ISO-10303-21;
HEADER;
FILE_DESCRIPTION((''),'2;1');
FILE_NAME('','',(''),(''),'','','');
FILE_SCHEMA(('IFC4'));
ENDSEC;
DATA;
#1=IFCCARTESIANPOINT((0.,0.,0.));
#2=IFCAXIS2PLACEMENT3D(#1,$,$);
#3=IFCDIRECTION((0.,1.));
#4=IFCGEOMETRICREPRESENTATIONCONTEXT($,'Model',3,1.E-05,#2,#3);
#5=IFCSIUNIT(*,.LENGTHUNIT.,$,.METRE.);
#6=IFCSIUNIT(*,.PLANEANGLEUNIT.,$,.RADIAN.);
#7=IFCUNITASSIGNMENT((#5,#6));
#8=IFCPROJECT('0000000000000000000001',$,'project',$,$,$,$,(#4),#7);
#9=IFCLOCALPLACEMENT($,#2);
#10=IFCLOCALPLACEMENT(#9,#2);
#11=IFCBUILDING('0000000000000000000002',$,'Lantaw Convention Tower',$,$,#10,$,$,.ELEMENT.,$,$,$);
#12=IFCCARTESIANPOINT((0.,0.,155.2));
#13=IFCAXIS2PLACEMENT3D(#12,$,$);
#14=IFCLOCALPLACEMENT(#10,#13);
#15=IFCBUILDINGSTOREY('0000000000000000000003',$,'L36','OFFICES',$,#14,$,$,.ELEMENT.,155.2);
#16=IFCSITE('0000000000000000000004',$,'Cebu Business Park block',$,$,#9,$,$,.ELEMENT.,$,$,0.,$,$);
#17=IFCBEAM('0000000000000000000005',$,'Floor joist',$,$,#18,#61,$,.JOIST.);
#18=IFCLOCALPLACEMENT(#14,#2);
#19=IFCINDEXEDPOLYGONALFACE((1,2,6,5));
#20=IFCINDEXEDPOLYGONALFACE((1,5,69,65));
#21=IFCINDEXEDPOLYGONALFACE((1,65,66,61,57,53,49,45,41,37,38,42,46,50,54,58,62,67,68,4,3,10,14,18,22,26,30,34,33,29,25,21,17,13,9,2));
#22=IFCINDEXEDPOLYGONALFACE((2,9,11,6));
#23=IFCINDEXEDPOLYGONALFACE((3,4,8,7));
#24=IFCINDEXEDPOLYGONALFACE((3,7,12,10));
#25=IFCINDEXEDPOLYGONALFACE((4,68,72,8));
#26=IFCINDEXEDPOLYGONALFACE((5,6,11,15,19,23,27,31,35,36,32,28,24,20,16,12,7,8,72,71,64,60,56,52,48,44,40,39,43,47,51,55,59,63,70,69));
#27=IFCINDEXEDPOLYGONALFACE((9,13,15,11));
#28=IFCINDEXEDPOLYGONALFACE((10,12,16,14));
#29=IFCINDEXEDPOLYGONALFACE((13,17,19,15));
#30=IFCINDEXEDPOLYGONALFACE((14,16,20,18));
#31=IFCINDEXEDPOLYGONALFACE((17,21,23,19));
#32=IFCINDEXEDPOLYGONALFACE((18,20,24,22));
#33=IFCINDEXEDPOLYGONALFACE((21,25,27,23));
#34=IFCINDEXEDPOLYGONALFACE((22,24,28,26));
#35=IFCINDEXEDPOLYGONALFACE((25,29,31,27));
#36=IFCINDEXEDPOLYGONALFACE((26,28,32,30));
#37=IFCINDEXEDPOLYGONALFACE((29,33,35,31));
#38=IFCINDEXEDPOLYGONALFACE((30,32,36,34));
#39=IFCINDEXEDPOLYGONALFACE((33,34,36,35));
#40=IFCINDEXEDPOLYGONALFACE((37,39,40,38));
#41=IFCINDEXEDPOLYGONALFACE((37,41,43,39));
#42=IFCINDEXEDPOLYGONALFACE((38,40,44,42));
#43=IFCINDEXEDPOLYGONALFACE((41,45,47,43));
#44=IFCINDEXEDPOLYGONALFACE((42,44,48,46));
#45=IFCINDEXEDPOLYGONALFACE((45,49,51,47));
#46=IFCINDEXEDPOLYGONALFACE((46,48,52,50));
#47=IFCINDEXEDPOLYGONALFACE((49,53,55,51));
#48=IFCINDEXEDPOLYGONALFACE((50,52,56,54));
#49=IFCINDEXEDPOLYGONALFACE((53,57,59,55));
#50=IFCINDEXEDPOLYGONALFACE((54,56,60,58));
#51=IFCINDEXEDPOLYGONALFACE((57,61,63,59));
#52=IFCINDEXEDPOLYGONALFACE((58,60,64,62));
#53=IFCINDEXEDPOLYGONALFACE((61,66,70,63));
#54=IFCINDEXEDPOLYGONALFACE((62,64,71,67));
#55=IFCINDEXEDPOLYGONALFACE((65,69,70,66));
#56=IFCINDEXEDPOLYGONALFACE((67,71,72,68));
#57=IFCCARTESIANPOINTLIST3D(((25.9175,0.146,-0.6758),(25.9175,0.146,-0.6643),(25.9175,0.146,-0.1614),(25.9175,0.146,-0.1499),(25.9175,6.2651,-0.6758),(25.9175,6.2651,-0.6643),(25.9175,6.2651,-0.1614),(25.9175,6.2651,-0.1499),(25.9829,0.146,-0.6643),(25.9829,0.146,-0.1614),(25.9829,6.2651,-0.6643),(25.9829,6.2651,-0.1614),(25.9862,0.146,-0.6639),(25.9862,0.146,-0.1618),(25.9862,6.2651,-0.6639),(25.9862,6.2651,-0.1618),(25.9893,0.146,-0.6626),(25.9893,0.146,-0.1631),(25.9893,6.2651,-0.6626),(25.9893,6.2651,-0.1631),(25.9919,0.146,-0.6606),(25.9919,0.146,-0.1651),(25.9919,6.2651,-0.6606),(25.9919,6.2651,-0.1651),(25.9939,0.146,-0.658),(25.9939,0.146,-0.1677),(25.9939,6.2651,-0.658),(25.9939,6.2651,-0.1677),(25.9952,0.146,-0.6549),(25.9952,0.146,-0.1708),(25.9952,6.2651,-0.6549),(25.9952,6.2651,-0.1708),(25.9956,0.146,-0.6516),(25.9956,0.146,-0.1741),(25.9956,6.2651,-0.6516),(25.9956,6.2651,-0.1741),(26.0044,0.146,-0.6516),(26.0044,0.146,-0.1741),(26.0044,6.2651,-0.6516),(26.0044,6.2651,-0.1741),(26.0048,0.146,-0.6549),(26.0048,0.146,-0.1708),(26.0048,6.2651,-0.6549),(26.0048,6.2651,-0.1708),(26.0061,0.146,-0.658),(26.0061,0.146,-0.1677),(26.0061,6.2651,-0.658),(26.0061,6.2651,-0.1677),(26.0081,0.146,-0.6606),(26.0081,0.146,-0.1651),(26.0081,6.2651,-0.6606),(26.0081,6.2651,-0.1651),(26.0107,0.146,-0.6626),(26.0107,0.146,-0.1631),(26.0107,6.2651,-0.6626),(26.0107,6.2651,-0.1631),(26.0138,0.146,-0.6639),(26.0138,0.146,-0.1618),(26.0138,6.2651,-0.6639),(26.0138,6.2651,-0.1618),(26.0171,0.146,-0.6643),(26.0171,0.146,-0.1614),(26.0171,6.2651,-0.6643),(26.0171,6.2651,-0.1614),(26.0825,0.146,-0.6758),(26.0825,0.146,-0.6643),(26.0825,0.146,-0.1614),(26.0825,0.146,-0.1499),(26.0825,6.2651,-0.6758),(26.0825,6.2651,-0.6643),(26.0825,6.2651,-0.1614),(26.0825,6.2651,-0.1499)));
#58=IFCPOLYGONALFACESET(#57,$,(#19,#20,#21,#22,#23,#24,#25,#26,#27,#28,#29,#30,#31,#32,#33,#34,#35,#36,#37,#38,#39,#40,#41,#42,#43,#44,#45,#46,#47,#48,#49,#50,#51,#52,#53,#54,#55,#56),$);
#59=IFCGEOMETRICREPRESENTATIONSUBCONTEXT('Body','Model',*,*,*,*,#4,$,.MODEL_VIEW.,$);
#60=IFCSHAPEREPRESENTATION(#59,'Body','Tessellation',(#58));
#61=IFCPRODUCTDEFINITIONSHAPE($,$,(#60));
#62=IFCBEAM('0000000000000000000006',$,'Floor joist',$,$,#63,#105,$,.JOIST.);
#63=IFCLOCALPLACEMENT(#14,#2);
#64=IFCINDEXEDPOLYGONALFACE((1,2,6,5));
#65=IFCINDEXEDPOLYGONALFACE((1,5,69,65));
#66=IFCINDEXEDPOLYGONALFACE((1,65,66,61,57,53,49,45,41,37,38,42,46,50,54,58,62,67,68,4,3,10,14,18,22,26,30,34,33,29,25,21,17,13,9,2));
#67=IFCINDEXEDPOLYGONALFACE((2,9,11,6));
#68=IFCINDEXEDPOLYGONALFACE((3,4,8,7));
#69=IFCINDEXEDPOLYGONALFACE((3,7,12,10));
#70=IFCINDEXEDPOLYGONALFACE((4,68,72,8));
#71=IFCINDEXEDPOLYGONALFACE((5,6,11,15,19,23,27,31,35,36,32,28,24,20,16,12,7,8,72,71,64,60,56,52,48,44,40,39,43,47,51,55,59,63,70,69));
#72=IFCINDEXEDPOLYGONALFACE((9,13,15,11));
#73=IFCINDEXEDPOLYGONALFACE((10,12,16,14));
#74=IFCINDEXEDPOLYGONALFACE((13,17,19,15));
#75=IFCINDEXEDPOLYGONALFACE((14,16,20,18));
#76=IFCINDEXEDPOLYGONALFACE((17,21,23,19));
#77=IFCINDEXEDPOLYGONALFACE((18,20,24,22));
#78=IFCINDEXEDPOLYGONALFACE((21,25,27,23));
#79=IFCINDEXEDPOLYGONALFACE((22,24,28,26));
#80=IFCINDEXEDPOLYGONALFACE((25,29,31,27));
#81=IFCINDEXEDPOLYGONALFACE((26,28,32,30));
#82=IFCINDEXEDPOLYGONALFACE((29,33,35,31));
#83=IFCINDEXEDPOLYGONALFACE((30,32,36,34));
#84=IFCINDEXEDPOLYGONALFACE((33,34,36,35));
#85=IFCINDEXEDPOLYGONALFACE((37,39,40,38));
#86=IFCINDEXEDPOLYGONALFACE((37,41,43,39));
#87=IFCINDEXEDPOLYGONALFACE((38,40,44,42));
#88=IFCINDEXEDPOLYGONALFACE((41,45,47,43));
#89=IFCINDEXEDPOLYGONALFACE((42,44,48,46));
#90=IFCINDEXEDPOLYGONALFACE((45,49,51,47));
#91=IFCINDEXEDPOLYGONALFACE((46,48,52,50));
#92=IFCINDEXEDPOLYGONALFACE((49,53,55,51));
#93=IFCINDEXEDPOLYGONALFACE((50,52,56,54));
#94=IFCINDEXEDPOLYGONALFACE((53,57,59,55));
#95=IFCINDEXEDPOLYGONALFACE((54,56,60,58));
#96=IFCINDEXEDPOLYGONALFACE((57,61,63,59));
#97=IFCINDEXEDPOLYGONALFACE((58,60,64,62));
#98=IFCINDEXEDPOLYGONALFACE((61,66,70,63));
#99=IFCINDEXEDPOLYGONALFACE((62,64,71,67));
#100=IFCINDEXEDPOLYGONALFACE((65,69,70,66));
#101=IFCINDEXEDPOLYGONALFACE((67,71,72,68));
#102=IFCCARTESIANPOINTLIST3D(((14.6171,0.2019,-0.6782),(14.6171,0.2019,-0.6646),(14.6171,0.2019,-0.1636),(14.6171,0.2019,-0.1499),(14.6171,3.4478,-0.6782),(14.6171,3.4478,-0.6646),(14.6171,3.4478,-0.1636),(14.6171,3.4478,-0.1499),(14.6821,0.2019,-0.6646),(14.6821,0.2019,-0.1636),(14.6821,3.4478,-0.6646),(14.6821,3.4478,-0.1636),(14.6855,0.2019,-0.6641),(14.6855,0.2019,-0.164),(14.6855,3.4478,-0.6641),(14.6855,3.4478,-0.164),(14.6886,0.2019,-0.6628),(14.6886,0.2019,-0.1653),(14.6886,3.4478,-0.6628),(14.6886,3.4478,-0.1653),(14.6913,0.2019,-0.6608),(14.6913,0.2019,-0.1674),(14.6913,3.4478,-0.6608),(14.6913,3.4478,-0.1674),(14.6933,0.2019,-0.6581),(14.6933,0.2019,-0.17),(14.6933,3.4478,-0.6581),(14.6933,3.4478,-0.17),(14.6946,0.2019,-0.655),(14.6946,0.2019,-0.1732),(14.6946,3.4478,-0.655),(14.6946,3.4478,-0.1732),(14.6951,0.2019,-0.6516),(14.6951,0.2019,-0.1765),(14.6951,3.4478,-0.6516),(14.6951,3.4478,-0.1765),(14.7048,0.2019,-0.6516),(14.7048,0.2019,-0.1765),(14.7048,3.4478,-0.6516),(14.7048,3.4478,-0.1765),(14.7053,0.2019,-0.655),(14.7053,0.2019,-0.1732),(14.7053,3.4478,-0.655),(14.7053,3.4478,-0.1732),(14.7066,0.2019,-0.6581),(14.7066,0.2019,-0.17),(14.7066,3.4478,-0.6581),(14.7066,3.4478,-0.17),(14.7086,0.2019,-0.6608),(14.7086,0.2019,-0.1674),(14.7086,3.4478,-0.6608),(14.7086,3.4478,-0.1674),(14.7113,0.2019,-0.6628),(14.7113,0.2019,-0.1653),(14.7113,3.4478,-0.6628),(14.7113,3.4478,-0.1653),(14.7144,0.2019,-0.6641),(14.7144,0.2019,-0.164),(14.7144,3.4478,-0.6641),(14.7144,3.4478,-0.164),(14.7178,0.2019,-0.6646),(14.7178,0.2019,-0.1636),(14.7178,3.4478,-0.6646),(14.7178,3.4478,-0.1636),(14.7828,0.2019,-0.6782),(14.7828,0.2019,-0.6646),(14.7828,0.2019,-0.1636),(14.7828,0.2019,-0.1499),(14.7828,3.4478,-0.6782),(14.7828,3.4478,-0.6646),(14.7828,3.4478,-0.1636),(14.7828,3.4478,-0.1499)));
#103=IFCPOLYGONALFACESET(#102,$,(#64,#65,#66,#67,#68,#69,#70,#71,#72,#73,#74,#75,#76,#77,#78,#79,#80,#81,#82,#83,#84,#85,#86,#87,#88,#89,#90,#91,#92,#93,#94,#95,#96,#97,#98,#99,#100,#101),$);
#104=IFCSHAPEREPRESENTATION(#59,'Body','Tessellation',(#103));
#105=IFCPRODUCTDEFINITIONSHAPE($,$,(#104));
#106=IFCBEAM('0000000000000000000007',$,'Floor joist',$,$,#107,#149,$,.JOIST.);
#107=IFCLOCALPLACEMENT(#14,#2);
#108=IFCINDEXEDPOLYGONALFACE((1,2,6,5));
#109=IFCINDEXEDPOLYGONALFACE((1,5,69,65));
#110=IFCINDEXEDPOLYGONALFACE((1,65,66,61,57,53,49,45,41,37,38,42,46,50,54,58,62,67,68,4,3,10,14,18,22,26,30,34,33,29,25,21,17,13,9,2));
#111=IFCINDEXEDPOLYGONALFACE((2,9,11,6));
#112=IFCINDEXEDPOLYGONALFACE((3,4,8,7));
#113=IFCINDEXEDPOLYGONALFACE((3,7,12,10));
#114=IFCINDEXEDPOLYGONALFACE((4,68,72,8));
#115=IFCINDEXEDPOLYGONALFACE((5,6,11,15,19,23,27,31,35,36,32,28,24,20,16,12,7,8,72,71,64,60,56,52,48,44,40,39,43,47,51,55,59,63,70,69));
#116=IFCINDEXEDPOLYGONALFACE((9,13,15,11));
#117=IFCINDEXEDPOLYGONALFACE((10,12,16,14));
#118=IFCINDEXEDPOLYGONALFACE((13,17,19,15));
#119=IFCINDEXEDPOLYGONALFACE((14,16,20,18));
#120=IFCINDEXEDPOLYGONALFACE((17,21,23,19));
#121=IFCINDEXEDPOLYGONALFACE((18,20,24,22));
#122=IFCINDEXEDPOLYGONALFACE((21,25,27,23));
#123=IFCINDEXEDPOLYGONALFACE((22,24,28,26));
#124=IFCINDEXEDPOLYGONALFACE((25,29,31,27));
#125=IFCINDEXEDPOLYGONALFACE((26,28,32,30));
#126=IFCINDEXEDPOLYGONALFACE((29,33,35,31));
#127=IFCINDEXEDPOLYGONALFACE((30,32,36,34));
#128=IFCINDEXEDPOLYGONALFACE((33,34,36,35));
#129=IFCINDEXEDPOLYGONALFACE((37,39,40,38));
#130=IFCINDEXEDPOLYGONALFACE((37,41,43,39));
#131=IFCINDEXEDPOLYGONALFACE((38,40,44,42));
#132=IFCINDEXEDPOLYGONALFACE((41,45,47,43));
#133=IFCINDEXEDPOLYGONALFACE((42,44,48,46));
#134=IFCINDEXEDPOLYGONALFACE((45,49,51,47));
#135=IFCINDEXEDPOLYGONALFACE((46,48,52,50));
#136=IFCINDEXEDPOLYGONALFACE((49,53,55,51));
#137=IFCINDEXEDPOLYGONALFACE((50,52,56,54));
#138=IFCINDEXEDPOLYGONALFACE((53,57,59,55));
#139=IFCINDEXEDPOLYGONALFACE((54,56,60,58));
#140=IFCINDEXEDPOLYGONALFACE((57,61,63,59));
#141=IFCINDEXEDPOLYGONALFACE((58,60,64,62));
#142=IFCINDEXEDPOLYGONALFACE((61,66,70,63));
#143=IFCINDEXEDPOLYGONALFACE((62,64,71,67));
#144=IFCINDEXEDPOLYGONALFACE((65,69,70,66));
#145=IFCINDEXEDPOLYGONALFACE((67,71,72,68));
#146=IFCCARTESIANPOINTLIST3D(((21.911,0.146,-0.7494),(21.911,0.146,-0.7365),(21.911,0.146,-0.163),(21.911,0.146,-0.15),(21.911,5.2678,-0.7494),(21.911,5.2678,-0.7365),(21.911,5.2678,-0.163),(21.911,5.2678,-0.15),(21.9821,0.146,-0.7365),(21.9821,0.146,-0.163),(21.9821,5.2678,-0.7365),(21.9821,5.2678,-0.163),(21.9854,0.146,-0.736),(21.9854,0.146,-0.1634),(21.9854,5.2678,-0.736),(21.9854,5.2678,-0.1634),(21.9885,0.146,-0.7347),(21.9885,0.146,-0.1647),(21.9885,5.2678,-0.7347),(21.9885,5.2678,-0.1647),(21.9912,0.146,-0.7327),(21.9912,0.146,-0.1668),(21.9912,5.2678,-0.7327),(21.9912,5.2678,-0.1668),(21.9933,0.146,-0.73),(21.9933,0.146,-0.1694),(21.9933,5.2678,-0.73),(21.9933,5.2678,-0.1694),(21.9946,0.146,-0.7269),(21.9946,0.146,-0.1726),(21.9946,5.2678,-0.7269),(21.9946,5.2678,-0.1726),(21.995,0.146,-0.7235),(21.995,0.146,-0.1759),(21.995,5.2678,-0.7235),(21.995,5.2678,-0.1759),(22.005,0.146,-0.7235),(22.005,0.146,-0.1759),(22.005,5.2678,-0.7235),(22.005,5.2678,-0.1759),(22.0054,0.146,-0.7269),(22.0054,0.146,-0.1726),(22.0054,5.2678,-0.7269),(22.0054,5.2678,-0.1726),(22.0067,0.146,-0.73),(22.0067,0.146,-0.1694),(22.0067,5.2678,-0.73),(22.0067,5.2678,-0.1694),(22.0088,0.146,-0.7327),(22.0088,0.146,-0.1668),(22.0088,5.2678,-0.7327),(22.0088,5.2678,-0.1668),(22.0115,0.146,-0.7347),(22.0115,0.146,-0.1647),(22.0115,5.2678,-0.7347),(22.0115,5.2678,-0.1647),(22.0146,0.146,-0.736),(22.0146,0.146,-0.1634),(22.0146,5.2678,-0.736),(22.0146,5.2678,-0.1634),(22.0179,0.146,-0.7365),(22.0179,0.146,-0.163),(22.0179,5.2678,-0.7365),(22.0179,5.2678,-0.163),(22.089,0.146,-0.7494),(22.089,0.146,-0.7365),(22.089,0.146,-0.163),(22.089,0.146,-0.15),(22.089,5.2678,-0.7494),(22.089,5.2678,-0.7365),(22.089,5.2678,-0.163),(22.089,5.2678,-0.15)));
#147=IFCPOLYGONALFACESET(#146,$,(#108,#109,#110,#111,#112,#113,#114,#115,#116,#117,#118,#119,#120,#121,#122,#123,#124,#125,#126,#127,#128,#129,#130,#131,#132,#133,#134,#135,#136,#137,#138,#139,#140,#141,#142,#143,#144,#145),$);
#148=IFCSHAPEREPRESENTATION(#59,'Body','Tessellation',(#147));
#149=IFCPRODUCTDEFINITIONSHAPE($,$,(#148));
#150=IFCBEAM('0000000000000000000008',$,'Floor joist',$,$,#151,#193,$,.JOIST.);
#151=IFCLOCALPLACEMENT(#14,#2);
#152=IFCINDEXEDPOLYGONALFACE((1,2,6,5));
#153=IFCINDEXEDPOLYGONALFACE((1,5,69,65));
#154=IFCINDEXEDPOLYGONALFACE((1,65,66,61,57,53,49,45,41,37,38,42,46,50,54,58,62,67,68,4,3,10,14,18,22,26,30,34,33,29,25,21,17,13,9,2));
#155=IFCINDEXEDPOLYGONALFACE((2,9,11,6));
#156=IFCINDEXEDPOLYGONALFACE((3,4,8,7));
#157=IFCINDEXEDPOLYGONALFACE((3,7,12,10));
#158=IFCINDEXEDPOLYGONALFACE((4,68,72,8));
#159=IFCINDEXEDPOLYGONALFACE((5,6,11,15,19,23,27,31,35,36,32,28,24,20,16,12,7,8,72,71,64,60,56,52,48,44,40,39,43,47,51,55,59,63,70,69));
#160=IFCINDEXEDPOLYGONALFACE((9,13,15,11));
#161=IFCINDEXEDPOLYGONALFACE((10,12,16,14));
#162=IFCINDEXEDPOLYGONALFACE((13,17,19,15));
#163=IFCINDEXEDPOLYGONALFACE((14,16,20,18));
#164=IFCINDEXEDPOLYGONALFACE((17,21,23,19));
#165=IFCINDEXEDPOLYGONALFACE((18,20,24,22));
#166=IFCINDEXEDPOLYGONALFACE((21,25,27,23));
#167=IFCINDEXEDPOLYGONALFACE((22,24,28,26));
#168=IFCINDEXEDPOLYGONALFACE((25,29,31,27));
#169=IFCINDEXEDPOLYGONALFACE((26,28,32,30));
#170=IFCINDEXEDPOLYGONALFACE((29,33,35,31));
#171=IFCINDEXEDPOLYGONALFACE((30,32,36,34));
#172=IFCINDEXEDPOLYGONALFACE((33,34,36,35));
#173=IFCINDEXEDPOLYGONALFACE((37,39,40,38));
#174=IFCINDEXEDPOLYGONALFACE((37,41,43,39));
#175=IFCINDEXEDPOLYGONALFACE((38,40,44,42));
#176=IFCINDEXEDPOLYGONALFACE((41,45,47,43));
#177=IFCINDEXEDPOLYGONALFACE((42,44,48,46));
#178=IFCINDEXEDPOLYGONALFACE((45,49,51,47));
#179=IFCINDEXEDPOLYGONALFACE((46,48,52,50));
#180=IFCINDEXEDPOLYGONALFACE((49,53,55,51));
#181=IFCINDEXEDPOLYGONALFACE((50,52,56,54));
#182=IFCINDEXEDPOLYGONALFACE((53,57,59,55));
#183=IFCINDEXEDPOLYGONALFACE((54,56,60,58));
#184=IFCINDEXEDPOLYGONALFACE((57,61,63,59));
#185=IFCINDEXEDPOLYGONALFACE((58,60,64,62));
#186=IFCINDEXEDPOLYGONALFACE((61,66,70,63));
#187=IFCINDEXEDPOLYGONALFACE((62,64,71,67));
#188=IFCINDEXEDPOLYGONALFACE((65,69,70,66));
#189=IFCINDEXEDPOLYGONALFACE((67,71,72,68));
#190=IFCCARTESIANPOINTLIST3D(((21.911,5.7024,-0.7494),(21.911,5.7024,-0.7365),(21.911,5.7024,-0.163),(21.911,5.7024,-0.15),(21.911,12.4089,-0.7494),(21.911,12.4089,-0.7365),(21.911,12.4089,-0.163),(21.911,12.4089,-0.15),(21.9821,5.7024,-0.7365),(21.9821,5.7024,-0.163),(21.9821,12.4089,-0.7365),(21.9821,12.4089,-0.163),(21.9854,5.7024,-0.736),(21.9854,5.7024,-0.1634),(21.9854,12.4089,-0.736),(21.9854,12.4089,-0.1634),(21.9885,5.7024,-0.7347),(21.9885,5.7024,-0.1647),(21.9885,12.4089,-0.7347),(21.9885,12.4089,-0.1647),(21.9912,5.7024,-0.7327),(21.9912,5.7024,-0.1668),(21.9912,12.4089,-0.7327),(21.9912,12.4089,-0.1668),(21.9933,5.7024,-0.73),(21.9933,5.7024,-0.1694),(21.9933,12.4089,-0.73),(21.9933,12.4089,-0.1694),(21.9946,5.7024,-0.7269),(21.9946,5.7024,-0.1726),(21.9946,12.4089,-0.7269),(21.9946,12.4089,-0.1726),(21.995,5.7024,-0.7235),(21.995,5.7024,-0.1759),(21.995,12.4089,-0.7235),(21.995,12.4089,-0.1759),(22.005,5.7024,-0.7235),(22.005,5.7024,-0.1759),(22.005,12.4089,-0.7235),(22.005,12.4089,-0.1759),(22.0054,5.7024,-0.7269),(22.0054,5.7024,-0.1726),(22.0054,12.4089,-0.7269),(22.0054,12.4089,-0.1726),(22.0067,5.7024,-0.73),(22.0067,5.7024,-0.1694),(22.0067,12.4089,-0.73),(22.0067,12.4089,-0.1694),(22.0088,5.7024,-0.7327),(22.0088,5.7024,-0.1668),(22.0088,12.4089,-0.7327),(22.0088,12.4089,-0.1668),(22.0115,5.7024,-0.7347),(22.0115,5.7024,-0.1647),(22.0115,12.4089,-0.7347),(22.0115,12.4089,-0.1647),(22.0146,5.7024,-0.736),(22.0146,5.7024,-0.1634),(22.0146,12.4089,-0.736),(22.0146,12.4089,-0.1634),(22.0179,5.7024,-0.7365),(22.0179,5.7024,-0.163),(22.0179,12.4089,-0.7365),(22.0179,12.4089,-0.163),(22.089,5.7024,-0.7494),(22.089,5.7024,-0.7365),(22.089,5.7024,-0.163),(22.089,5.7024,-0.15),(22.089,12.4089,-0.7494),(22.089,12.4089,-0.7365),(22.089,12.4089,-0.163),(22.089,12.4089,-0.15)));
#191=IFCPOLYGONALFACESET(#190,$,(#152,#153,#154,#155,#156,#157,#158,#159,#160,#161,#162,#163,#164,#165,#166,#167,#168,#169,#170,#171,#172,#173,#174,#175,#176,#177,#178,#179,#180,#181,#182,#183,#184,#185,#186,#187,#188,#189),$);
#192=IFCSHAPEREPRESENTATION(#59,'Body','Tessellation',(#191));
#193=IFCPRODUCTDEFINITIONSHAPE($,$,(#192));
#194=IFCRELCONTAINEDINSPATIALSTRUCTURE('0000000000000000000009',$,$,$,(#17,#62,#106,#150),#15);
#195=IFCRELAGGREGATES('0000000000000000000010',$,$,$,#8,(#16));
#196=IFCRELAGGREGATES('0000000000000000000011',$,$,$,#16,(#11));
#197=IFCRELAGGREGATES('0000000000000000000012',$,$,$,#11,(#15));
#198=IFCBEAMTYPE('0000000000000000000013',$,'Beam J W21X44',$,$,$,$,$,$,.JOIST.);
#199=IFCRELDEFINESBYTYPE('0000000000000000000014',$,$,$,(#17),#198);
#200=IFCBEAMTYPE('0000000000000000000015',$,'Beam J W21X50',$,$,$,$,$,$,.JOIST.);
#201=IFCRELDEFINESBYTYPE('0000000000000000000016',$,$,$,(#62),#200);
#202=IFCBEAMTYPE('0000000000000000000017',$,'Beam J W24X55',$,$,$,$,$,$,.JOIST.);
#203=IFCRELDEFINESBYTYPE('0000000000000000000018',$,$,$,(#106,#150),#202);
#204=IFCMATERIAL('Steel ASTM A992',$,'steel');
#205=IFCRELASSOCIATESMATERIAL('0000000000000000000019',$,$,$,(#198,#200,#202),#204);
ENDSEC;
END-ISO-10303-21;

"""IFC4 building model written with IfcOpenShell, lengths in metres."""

from ifc_helpers import new_model, si_unit, direction, frame, origin, origin_2d, place, context, subcontext, project, spatial, i_section, extrude, material, material_profile, profile_set, type_object, element, save


model = new_model("IFC4")

# Units and contexts
model_context = context("Model", 3, precision=1e-05, world=origin(), true_north=direction((0.0, 1.0)))
body_context = subcontext(model_context, "Body", "Model", "MODEL_VIEW")
ifc_project = project(units=[si_unit("LENGTHUNIT", "METRE"), si_unit("PLANEANGLEUNIT", "RADIAN")], contexts=[model_context])

# Site, building, storey
site_placement = place(None, origin())
site = spatial("IfcSite", under=ifc_project, at=site_placement, Name="Cebu Business Park block", CompositionType="ELEMENT", RefElevation=0.0)
building_placement = place(site_placement, origin())
building = spatial("IfcBuilding", under=site, at=building_placement, Name="Lantaw Convention Tower", CompositionType="ELEMENT")
storey_placement = place(building_placement, frame((0.0, 0.0, 155.2)))
storey = spatial("IfcBuildingStorey", under=building, at=storey_placement, Name="L36", Description="OFFICES", CompositionType="ELEMENT", Elevation=155.2)

# Beams
ifc_material_1 = material(Name="Steel ASTM A992", Category="steel")
ifc_material_profile_1 = material_profile(ifc_material_1, i_section(OverallWidth=0.165, OverallDepth=0.5259, WebThickness=0.0088, FlangeThickness=0.0115, FilletRadius=0.0127, at=origin_2d()), Name="W21X44")
ifc_profile_set_1 = profile_set([ifc_material_profile_1], Name="Steel ASTM A992")
beam_type_1 = type_object("IfcBeamType", Name="Beam J W21X44", PredefinedType="JOIST", material=ifc_profile_set_1)
beam_1_placement = place(storey_placement, frame((26.0, 0.146, -0.4128), z_axis=(0.0, 1.0, 0.0), x_axis=(-1.0, 0.0, 0.0)))
element("IfcBeam", 1, at=beam_1_placement, inside=storey, type_object=beam_type_1, Name="Floor joist", PredefinedType="JOIST", context=body_context, shape_type="SweptSolid", body=[
    extrude(i_section(OverallWidth=0.165, OverallDepth=0.5259, WebThickness=0.0088, FlangeThickness=0.0115, FilletRadius=0.0127, at=origin_2d()), origin(), (0.0, 0.0, 1.0), 6.1191),
])
ifc_material_profile_2 = material_profile(ifc_material_1, i_section(OverallWidth=0.1658, OverallDepth=0.5283, WebThickness=0.0098, FlangeThickness=0.0137, FilletRadius=0.0129, at=origin_2d()), Name="W21X50")
ifc_profile_set_2 = profile_set([ifc_material_profile_2], Name="Steel ASTM A992")
beam_type_2 = type_object("IfcBeamType", Name="Beam J W21X50", PredefinedType="JOIST", material=ifc_profile_set_2)
beam_2_placement = place(storey_placement, frame((14.7, 0.2019, -0.4141), z_axis=(0.0, 1.0, 0.0), x_axis=(-1.0, 0.0, 0.0)))
element("IfcBeam", 2, at=beam_2_placement, inside=storey, type_object=beam_type_2, Name="Floor joist", PredefinedType="JOIST", context=body_context, shape_type="SweptSolid", body=[
    extrude(i_section(OverallWidth=0.1658, OverallDepth=0.5283, WebThickness=0.0098, FlangeThickness=0.0137, FilletRadius=0.0129, at=origin_2d()), origin(), (0.0, 0.0, 1.0), 3.2458),
])
ifc_material_profile_3 = material_profile(ifc_material_1, i_section(OverallWidth=0.178, OverallDepth=0.5994, WebThickness=0.01, FlangeThickness=0.0129, FilletRadius=0.0129, at=origin_2d()), Name="W24X55")
ifc_profile_set_3 = profile_set([ifc_material_profile_3], Name="Steel ASTM A992")
beam_type_3 = type_object("IfcBeamType", Name="Beam J W24X55", PredefinedType="JOIST", material=ifc_profile_set_3)
beam_3_placement = place(storey_placement, frame((22.0, 0.146, -0.4497), z_axis=(0.0, 1.0, 0.0), x_axis=(-1.0, 0.0, 0.0)))
element("IfcBeam", 3, at=beam_3_placement, inside=storey, type_object=beam_type_3, Name="Floor joist", PredefinedType="JOIST", context=body_context, shape_type="SweptSolid", body=[
    extrude(i_section(OverallWidth=0.178, OverallDepth=0.5994, WebThickness=0.01, FlangeThickness=0.0129, FilletRadius=0.0129, at=origin_2d()), origin(), (0.0, 0.0, 1.0), 5.1218),
])
beam_4_placement = place(storey_placement, frame((22.0, 5.7024, -0.4497), z_axis=(0.0, 1.0, 0.0), x_axis=(-1.0, 0.0, 0.0)))
element("IfcBeam", 4, at=beam_4_placement, inside=storey, type_object=beam_type_3, Name="Floor joist", PredefinedType="JOIST", context=body_context, shape_type="SweptSolid", body=[
    extrude(i_section(OverallWidth=0.178, OverallDepth=0.5994, WebThickness=0.01, FlangeThickness=0.0129, FilletRadius=0.0129, at=origin_2d()), origin(), (0.0, 0.0, 1.0), 6.7065),
])

save(model, "model.ifc")
